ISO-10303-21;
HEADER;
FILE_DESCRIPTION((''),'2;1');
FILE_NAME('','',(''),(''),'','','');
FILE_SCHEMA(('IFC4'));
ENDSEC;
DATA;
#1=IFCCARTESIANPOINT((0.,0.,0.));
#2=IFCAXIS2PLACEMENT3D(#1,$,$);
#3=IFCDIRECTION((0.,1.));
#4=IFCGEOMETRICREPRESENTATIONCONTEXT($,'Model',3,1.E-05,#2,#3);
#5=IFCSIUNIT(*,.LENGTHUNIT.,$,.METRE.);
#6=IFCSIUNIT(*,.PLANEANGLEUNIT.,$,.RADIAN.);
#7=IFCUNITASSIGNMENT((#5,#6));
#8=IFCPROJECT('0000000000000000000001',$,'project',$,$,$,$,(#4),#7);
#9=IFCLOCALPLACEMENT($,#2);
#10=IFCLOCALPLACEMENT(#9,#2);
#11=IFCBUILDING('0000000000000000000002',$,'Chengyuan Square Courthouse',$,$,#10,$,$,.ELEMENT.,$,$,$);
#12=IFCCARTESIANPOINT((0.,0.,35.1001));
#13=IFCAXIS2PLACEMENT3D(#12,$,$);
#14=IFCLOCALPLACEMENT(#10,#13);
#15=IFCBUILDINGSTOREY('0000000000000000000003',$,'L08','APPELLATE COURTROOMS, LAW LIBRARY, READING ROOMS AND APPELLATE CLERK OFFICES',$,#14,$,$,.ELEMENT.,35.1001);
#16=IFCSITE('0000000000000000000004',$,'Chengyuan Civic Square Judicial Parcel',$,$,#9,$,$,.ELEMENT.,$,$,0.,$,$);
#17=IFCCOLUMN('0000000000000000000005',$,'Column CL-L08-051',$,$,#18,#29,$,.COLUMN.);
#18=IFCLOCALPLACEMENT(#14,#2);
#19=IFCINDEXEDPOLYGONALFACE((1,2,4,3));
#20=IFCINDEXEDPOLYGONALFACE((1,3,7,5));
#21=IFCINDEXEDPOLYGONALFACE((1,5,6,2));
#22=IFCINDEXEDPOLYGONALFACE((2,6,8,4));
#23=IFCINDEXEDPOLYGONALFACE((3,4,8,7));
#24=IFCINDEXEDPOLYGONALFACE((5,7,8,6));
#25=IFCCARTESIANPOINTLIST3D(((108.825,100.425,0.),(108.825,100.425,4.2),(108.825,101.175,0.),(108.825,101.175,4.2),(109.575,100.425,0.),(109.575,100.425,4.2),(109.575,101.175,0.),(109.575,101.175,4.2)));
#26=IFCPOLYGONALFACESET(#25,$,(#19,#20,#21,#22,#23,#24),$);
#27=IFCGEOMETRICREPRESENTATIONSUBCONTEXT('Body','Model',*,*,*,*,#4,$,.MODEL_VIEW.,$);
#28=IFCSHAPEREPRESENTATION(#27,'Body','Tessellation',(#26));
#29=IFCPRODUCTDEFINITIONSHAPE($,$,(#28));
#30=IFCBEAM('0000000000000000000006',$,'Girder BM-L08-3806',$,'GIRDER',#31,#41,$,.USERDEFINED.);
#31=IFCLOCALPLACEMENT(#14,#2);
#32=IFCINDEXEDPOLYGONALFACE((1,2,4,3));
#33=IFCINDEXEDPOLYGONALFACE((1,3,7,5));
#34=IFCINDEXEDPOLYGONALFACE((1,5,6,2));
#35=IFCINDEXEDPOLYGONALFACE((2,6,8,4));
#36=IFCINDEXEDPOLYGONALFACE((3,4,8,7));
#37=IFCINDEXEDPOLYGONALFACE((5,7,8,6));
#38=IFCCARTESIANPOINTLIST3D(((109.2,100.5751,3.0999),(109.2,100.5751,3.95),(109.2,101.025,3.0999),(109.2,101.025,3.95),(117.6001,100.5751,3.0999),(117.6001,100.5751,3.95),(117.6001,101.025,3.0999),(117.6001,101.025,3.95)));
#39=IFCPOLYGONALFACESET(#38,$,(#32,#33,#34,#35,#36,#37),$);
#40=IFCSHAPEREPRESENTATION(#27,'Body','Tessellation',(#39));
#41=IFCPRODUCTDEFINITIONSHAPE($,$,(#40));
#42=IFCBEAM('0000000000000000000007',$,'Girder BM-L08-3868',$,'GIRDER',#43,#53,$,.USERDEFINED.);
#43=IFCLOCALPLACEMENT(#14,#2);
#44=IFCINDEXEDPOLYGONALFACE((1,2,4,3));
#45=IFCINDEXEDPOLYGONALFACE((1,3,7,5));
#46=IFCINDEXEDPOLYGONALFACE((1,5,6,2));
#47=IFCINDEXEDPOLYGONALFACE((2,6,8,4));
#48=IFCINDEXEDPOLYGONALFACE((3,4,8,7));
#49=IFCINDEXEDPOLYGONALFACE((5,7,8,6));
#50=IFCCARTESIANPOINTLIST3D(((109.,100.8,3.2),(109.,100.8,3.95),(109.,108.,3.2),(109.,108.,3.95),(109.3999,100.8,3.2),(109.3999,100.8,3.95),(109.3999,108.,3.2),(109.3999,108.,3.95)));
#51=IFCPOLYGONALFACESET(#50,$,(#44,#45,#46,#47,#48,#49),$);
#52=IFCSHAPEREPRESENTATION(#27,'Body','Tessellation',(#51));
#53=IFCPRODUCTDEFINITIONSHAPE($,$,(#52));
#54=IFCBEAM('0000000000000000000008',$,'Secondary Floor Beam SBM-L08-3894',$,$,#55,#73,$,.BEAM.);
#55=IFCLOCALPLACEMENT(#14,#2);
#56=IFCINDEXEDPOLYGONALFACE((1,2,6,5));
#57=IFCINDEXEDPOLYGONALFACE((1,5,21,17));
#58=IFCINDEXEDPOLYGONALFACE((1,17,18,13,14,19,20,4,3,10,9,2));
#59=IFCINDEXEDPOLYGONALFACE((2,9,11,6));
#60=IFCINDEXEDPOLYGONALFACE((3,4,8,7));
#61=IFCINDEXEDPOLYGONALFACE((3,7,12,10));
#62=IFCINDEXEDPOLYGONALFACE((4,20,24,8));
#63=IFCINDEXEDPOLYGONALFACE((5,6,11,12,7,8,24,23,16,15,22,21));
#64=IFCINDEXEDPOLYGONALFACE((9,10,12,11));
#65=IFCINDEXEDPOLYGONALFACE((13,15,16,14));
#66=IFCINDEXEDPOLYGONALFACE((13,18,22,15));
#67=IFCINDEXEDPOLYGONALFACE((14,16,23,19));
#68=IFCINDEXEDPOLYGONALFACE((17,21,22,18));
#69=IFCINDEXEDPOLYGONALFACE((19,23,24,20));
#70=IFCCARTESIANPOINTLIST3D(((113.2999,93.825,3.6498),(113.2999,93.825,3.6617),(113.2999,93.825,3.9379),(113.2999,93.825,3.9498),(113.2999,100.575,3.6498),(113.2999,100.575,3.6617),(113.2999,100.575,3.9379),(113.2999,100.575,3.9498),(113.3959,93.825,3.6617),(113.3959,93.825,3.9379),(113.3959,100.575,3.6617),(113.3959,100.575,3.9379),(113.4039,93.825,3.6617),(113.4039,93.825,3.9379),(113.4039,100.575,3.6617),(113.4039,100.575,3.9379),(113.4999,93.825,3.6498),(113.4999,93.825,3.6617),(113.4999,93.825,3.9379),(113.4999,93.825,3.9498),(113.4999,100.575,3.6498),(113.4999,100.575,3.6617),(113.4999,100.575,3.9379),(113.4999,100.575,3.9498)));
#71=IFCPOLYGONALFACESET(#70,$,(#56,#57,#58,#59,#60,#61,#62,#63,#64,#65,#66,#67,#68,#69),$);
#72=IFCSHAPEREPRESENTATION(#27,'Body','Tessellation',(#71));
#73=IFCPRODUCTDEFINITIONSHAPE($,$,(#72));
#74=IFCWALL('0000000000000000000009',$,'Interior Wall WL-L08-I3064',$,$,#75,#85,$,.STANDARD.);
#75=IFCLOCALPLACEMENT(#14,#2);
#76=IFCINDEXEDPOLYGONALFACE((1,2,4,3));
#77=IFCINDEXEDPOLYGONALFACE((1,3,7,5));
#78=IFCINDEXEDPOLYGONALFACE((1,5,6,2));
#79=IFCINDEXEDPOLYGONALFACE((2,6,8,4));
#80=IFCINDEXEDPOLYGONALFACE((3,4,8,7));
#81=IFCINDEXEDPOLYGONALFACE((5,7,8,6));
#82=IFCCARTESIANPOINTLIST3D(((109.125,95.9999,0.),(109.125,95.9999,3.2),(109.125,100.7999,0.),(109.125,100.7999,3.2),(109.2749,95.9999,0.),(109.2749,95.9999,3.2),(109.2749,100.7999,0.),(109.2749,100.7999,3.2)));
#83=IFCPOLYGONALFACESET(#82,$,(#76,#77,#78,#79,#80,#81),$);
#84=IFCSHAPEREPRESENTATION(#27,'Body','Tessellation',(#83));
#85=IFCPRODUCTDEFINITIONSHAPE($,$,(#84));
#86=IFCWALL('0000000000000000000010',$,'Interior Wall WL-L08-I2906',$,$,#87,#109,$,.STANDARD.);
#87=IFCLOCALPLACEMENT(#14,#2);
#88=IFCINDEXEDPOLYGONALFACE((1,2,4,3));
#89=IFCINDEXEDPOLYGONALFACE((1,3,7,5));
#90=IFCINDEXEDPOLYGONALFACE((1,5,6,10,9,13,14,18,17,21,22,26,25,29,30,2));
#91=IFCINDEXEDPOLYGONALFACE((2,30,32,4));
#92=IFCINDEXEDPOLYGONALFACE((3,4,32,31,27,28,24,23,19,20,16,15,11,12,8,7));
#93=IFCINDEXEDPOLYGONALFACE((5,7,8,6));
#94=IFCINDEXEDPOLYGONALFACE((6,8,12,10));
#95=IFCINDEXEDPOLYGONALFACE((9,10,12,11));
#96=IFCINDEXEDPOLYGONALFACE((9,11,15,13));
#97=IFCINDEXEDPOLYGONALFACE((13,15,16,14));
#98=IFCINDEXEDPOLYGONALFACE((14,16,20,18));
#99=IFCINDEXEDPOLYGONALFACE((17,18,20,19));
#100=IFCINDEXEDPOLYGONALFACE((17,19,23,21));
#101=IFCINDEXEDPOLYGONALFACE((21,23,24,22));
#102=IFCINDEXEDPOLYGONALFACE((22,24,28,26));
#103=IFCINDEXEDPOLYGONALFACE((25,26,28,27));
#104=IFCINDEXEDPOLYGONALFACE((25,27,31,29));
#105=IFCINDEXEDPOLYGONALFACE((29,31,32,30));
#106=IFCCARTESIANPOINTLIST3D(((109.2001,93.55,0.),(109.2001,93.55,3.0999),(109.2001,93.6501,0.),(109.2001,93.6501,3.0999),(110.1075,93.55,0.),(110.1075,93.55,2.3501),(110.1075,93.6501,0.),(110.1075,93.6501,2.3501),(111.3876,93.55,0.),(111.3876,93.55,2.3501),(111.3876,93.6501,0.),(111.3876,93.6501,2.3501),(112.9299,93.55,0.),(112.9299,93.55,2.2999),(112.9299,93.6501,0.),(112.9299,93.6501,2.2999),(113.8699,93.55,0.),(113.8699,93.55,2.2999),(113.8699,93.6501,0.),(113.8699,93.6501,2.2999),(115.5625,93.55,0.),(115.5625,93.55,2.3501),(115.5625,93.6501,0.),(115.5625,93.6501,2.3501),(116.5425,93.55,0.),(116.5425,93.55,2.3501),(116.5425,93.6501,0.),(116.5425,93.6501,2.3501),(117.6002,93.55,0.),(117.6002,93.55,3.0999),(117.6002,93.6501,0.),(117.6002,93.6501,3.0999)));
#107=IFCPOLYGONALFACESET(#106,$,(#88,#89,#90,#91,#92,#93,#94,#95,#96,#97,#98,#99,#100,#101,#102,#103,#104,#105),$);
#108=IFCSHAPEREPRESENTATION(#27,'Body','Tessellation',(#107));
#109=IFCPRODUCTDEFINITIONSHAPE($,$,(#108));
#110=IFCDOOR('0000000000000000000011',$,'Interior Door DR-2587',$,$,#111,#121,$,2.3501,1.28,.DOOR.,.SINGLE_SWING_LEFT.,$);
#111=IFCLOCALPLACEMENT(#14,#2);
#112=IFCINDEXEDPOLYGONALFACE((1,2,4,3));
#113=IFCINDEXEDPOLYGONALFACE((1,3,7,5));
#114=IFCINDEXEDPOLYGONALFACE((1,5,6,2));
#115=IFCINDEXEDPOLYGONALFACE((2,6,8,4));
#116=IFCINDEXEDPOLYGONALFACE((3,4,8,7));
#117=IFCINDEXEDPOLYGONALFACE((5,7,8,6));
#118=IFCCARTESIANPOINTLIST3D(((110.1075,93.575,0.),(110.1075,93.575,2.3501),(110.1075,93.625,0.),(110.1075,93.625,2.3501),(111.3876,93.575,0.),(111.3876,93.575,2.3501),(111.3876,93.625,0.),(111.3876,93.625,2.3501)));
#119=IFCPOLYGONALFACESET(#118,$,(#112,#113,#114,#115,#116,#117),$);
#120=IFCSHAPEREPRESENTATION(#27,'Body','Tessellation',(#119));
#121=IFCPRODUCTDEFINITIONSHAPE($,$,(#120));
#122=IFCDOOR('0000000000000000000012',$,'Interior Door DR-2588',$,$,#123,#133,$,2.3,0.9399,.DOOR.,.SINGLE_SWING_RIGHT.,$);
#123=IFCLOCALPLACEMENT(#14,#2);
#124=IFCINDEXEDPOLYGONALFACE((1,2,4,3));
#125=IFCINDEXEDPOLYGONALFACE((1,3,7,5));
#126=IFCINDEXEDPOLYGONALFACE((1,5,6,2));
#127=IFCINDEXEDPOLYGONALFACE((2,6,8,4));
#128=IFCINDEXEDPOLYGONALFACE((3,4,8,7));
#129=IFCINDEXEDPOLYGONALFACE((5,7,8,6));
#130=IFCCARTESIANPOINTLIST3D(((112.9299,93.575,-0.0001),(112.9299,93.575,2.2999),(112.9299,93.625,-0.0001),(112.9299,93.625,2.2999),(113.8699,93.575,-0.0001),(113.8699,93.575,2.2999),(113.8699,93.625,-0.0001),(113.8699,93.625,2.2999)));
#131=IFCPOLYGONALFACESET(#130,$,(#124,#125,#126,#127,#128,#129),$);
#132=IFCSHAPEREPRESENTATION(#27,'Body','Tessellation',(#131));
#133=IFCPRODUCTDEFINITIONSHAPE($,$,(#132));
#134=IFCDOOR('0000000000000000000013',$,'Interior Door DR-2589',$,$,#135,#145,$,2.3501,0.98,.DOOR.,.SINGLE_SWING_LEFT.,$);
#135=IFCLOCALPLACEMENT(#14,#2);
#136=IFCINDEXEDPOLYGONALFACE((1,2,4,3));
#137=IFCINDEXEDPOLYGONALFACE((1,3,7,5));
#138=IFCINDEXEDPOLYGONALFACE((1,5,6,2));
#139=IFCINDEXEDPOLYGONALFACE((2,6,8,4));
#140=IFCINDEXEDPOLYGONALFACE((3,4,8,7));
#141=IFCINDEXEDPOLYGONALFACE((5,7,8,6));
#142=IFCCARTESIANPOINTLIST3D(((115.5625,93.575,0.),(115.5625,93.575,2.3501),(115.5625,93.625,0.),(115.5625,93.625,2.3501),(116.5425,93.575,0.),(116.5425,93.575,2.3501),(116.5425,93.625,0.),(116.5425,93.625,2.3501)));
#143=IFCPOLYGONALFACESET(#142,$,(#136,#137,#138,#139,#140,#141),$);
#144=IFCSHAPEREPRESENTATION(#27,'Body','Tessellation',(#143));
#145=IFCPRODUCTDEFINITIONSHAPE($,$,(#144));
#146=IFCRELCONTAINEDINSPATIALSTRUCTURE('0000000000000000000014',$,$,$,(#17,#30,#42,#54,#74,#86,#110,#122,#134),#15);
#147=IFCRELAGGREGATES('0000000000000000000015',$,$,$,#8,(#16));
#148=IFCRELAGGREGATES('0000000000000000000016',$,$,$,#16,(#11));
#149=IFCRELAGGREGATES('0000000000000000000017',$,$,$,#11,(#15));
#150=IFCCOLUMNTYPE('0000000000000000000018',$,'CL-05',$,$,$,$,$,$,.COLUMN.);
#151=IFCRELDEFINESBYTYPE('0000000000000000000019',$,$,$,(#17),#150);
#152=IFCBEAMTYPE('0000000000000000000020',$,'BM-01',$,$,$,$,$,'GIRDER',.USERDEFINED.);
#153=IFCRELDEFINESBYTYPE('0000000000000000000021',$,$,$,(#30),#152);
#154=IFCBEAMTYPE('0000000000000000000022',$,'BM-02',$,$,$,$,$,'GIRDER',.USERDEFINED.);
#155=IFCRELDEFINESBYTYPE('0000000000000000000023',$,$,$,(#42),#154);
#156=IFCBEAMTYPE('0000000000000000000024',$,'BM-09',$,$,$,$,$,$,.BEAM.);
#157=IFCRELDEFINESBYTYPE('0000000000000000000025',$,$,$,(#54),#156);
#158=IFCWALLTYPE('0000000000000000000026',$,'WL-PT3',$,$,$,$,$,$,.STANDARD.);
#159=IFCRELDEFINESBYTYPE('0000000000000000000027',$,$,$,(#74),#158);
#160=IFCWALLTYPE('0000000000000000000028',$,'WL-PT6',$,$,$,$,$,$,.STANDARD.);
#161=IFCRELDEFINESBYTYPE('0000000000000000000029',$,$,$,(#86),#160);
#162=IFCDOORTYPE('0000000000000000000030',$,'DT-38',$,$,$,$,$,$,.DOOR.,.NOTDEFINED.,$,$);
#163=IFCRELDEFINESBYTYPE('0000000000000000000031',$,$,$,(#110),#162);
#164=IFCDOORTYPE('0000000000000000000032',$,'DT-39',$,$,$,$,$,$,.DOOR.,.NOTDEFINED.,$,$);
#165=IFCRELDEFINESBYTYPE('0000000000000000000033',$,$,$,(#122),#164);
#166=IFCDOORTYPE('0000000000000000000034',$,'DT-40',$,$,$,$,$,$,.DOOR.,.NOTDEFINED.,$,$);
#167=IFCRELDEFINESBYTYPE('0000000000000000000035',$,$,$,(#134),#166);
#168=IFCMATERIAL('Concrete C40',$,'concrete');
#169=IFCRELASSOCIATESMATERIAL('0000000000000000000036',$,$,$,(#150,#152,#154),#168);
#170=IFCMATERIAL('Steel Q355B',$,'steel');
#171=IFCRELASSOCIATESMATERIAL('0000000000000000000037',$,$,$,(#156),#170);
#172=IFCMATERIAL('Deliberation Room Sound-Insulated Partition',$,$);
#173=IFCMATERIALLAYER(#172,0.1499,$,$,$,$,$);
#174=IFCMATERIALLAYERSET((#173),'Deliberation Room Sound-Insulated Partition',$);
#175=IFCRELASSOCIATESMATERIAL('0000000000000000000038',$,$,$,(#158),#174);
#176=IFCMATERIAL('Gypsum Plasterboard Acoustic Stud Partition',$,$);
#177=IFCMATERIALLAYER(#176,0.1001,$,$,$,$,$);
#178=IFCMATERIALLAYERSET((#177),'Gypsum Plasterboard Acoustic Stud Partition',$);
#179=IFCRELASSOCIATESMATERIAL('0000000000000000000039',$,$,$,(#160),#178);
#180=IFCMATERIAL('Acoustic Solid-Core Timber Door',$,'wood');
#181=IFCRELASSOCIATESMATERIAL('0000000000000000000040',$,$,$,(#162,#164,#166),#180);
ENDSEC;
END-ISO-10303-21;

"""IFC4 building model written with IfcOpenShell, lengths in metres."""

from ifc_helpers import new_model, si_unit, direction, frame, frame_2d, origin, origin_2d, place, context, subcontext, project, spatial, rectangle, i_section, extrude, material, layer, layer_set, material_profile, profile_set, type_object, element, fill, save


model = new_model("IFC4")

# Units and contexts
model_context = context("Model", 3, precision=1e-05, world=origin(), true_north=direction((0.0, 1.0)))
body_context = subcontext(model_context, "Body", "Model", "MODEL_VIEW")
ifc_project = project(units=[si_unit("LENGTHUNIT", "METRE"), si_unit("PLANEANGLEUNIT", "RADIAN")], contexts=[model_context])

# Site, building, storey
site_placement = place(None, origin())
site = spatial("IfcSite", under=ifc_project, at=site_placement, Name="Chengyuan Civic Square Judicial Parcel", CompositionType="ELEMENT", RefElevation=0.0)
building_placement = place(site_placement, origin())
building = spatial("IfcBuilding", under=site, at=building_placement, Name="Chengyuan Square Courthouse", CompositionType="ELEMENT")
storey_placement = place(building_placement, frame((0.0, 0.0, 35.1001)))
storey = spatial("IfcBuildingStorey", under=building, at=storey_placement, Name="L08", Description="APPELLATE COURTROOMS, LAW LIBRARY, READING ROOMS AND APPELLATE CLERK OFFICES", CompositionType="ELEMENT", Elevation=35.1001)

# Column
ifc_material_1 = material(Name="Concrete C40", Category="concrete")
ifc_material_profile_1 = material_profile(ifc_material_1, rectangle(XDim=0.75, YDim=0.75, at=origin_2d()), Name="RC-COL-750x750")
ifc_profile_set_1 = profile_set([ifc_material_profile_1], Name="Concrete C40")
column_type = type_object("IfcColumnType", Name="CL-05", PredefinedType="COLUMN", material=ifc_profile_set_1)
column_placement = place(storey_placement, frame((109.2, 100.8, 0.0), z_axis=(0.0, 0.0, 1.0), x_axis=(1.0, 0.0, 0.0)))
element("IfcColumn", 1, at=column_placement, inside=storey, type_object=column_type, Name="Column CL-L08-051", PredefinedType="COLUMN", context=body_context, shape_type="SweptSolid", body=[
    extrude(rectangle(XDim=0.75, YDim=0.75, at=origin_2d()), origin(), (0.0, 0.0, 1.0), 4.2),
])

# Beams
ifc_material_profile_2 = material_profile(ifc_material_1, rectangle(XDim=0.45, YDim=0.8501, at=origin_2d()), Name="RC-BM-450x850")
ifc_profile_set_2 = profile_set([ifc_material_profile_2], Name="Concrete C40")
beam_type_1 = type_object("IfcBeamType", Name="BM-01", ElementType="GIRDER", PredefinedType="USERDEFINED", material=ifc_profile_set_2)
beam_1_placement = place(storey_placement, frame((109.2, 100.8, 3.5249), z_axis=(1.0, 0.0, 0.0), x_axis=(0.0, 1.0, 0.0)))
element("IfcBeam", 2, at=beam_1_placement, inside=storey, type_object=beam_type_1, Name="Girder BM-L08-3806", ObjectType="GIRDER", PredefinedType="USERDEFINED", context=body_context, shape_type="SweptSolid", body=[
    extrude(rectangle(XDim=0.45, YDim=0.8501, at=origin_2d()), origin(), (0.0, 0.0, 1.0), 8.4001),
])
ifc_material_profile_3 = material_profile(ifc_material_1, rectangle(XDim=0.3999, YDim=0.75, at=origin_2d()), Name="RC-BM-400x750")
ifc_profile_set_3 = profile_set([ifc_material_profile_3], Name="Concrete C40")
beam_type_2 = type_object("IfcBeamType", Name="BM-02", ElementType="GIRDER", PredefinedType="USERDEFINED", material=ifc_profile_set_3)
beam_2_placement = place(storey_placement, frame((109.2, 100.8, 3.575), z_axis=(0.0, 1.0, 0.0), x_axis=(-1.0, 0.0, 0.0)))
element("IfcBeam", 3, at=beam_2_placement, inside=storey, type_object=beam_type_2, Name="Girder BM-L08-3868", ObjectType="GIRDER", PredefinedType="USERDEFINED", context=body_context, shape_type="SweptSolid", body=[
    extrude(rectangle(XDim=0.3999, YDim=0.75, at=origin_2d()), origin(), (0.0, 0.0, 1.0), 7.2),
])
ifc_material_2 = material(Name="Steel Q355B", Category="steel")
ifc_material_profile_4 = material_profile(ifc_material_2, i_section(OverallWidth=0.2, OverallDepth=0.3, WebThickness=0.0081, FlangeThickness=0.012, at=origin_2d()), Name="HM 300x200x8x12")
ifc_profile_set_4 = profile_set([ifc_material_profile_4], Name="Steel Q355B")
beam_type_3 = type_object("IfcBeamType", Name="BM-09", PredefinedType="BEAM", material=ifc_profile_set_4)
beam_3_placement = place(storey_placement, frame((113.3999, 93.825, 3.7998), z_axis=(0.0, 1.0, 0.0), x_axis=(-1.0, 0.0, 0.0)))
element("IfcBeam", 4, at=beam_3_placement, inside=storey, type_object=beam_type_3, Name="Secondary Floor Beam SBM-L08-3894", PredefinedType="BEAM", context=body_context, shape_type="SweptSolid", body=[
    extrude(i_section(OverallWidth=0.2, OverallDepth=0.3, WebThickness=0.0081, FlangeThickness=0.012, at=origin_2d()), origin(), (0.0, 0.0, 1.0), 6.75),
])

# Wall
ifc_material_3 = material(Name="Deliberation Room Sound-Insulated Partition")
ifc_layer_1 = layer(ifc_material_3, 0.1499)
ifc_layer_set_1 = layer_set([ifc_layer_1], Name="Deliberation Room Sound-Insulated Partition")
wall_type_1 = type_object("IfcWallType", Name="WL-PT3", PredefinedType="STANDARD", material=ifc_layer_set_1)
wall_1_placement = place(storey_placement, frame((109.2, 96.0, 0.0), z_axis=(0.0, 0.0, 1.0), x_axis=(0.0, 1.0, 0.0)))
element("IfcWall", 5, at=wall_1_placement, inside=storey, type_object=wall_type_1, Name="Interior Wall WL-L08-I3064", PredefinedType="STANDARD", context=body_context, shape_type="SweptSolid", body=[
    extrude(rectangle(XDim=4.8, YDim=0.1499, at=frame_2d((2.3999, 0.0))), origin(), (0.0, 0.0, 1.0), 3.2),
])

# Wall, openings, doors
ifc_material_4 = material(Name="Gypsum Plasterboard Acoustic Stud Partition")
ifc_layer_2 = layer(ifc_material_4, 0.1001)
ifc_layer_set_2 = layer_set([ifc_layer_2], Name="Gypsum Plasterboard Acoustic Stud Partition")
wall_type_2 = type_object("IfcWallType", Name="WL-PT6", PredefinedType="STANDARD", material=ifc_layer_set_2)
wall_2_placement = place(storey_placement, frame((109.2, 93.6001, 0.0), z_axis=(0.0, 0.0, 1.0), x_axis=(1.0, 0.0, 0.0)))
wall_2 = element("IfcWall", 6, at=wall_2_placement, inside=storey, type_object=wall_type_2, Name="Interior Wall WL-L08-I2906", PredefinedType="STANDARD", context=body_context, shape_type="SweptSolid", body=[
    extrude(rectangle(XDim=8.4001, YDim=0.1001, at=frame_2d((4.2002, 0.0))), origin(), (0.0, 0.0, 1.0), 3.0999),
])
opening_1_placement = place(wall_2_placement, frame((0.9075, 0.0, 0.0)))
opening_1 = element("IfcOpeningElement", 7, at=opening_1_placement, cuts=wall_2, PredefinedType="OPENING", context=body_context, shape_type="SweptSolid", body=[
    extrude(rectangle(XDim=1.28, YDim=2.3501, at=frame_2d((0.6401, 1.175))), frame((0.0, 0.062, 0.0), z_axis=(0.0, -1.0, 0.0), x_axis=(1.0, 0.0, 0.0)), (0.0, 0.0, 1.0), 0.124),
])
opening_2_placement = place(wall_2_placement, frame((3.73, 0.0, 0.0)))
opening_2 = element("IfcOpeningElement", 8, at=opening_2_placement, cuts=wall_2, PredefinedType="OPENING", context=body_context, shape_type="SweptSolid", body=[
    extrude(rectangle(XDim=0.9399, YDim=2.3, at=frame_2d((0.47, 1.1499))), frame((0.0, 0.062, 0.0), z_axis=(0.0, -1.0, 0.0), x_axis=(1.0, 0.0, 0.0)), (0.0, 0.0, 1.0), 0.124),
])
opening_3_placement = place(wall_2_placement, frame((6.3625, 0.0, 0.0)))
opening_3 = element("IfcOpeningElement", 9, at=opening_3_placement, cuts=wall_2, PredefinedType="OPENING", context=body_context, shape_type="SweptSolid", body=[
    extrude(rectangle(XDim=0.98, YDim=2.3501, at=frame_2d((0.49, 1.175))), frame((0.0, 0.062, 0.0), z_axis=(0.0, -1.0, 0.0), x_axis=(1.0, 0.0, 0.0)), (0.0, 0.0, 1.0), 0.124),
])
ifc_material_5 = material(Name="Acoustic Solid-Core Timber Door", Category="wood")
door_type_1 = type_object("IfcDoorType", Name="DT-38", OperationType="NOTDEFINED", PredefinedType="DOOR", material=ifc_material_5)
door_1_placement = place(opening_1_placement, origin())
door_1 = element("IfcDoor", 10, at=door_1_placement, inside=storey, type_object=door_type_1, Name="Interior Door DR-2587", OperationType="SINGLE_SWING_LEFT", OverallHeight=2.3501, OverallWidth=1.28, PredefinedType="DOOR", context=body_context, shape_type="SweptSolid", body=[
    extrude(rectangle(XDim=1.28, YDim=2.3501, at=frame_2d((0.6401, 1.175))), frame((0.0, 0.0249, 0.0), z_axis=(0.0, -1.0, 0.0), x_axis=(1.0, 0.0, 0.0)), (0.0, 0.0, 1.0), 0.05),
])
fill(opening_1, door_1)
door_type_2 = type_object("IfcDoorType", Name="DT-39", OperationType="NOTDEFINED", PredefinedType="DOOR", material=ifc_material_5)
door_2_placement = place(opening_2_placement, origin())
door_2 = element("IfcDoor", 11, at=door_2_placement, inside=storey, type_object=door_type_2, Name="Interior Door DR-2588", OperationType="SINGLE_SWING_RIGHT", OverallHeight=2.3, OverallWidth=0.9399, PredefinedType="DOOR", context=body_context, shape_type="SweptSolid", body=[
    extrude(rectangle(XDim=0.9399, YDim=2.3, at=frame_2d((0.47, 1.1499))), frame((0.0, 0.0249, 0.0), z_axis=(0.0, -1.0, 0.0), x_axis=(1.0, 0.0, 0.0)), (0.0, 0.0, 1.0), 0.05),
])
fill(opening_2, door_2)
door_type_3 = type_object("IfcDoorType", Name="DT-40", OperationType="NOTDEFINED", PredefinedType="DOOR", material=ifc_material_5)
door_3_placement = place(opening_3_placement, origin())
door_3 = element("IfcDoor", 12, at=door_3_placement, inside=storey, type_object=door_type_3, Name="Interior Door DR-2589", OperationType="SINGLE_SWING_LEFT", OverallHeight=2.3501, OverallWidth=0.98, PredefinedType="DOOR", context=body_context, shape_type="SweptSolid", body=[
    extrude(rectangle(XDim=0.98, YDim=2.3501, at=frame_2d((0.49, 1.175))), frame((0.0, 0.0249, 0.0), z_axis=(0.0, -1.0, 0.0), x_axis=(1.0, 0.0, 0.0)), (0.0, 0.0, 1.0), 0.05),
])
fill(opening_3, door_3)

save(model, "model.ifc")
